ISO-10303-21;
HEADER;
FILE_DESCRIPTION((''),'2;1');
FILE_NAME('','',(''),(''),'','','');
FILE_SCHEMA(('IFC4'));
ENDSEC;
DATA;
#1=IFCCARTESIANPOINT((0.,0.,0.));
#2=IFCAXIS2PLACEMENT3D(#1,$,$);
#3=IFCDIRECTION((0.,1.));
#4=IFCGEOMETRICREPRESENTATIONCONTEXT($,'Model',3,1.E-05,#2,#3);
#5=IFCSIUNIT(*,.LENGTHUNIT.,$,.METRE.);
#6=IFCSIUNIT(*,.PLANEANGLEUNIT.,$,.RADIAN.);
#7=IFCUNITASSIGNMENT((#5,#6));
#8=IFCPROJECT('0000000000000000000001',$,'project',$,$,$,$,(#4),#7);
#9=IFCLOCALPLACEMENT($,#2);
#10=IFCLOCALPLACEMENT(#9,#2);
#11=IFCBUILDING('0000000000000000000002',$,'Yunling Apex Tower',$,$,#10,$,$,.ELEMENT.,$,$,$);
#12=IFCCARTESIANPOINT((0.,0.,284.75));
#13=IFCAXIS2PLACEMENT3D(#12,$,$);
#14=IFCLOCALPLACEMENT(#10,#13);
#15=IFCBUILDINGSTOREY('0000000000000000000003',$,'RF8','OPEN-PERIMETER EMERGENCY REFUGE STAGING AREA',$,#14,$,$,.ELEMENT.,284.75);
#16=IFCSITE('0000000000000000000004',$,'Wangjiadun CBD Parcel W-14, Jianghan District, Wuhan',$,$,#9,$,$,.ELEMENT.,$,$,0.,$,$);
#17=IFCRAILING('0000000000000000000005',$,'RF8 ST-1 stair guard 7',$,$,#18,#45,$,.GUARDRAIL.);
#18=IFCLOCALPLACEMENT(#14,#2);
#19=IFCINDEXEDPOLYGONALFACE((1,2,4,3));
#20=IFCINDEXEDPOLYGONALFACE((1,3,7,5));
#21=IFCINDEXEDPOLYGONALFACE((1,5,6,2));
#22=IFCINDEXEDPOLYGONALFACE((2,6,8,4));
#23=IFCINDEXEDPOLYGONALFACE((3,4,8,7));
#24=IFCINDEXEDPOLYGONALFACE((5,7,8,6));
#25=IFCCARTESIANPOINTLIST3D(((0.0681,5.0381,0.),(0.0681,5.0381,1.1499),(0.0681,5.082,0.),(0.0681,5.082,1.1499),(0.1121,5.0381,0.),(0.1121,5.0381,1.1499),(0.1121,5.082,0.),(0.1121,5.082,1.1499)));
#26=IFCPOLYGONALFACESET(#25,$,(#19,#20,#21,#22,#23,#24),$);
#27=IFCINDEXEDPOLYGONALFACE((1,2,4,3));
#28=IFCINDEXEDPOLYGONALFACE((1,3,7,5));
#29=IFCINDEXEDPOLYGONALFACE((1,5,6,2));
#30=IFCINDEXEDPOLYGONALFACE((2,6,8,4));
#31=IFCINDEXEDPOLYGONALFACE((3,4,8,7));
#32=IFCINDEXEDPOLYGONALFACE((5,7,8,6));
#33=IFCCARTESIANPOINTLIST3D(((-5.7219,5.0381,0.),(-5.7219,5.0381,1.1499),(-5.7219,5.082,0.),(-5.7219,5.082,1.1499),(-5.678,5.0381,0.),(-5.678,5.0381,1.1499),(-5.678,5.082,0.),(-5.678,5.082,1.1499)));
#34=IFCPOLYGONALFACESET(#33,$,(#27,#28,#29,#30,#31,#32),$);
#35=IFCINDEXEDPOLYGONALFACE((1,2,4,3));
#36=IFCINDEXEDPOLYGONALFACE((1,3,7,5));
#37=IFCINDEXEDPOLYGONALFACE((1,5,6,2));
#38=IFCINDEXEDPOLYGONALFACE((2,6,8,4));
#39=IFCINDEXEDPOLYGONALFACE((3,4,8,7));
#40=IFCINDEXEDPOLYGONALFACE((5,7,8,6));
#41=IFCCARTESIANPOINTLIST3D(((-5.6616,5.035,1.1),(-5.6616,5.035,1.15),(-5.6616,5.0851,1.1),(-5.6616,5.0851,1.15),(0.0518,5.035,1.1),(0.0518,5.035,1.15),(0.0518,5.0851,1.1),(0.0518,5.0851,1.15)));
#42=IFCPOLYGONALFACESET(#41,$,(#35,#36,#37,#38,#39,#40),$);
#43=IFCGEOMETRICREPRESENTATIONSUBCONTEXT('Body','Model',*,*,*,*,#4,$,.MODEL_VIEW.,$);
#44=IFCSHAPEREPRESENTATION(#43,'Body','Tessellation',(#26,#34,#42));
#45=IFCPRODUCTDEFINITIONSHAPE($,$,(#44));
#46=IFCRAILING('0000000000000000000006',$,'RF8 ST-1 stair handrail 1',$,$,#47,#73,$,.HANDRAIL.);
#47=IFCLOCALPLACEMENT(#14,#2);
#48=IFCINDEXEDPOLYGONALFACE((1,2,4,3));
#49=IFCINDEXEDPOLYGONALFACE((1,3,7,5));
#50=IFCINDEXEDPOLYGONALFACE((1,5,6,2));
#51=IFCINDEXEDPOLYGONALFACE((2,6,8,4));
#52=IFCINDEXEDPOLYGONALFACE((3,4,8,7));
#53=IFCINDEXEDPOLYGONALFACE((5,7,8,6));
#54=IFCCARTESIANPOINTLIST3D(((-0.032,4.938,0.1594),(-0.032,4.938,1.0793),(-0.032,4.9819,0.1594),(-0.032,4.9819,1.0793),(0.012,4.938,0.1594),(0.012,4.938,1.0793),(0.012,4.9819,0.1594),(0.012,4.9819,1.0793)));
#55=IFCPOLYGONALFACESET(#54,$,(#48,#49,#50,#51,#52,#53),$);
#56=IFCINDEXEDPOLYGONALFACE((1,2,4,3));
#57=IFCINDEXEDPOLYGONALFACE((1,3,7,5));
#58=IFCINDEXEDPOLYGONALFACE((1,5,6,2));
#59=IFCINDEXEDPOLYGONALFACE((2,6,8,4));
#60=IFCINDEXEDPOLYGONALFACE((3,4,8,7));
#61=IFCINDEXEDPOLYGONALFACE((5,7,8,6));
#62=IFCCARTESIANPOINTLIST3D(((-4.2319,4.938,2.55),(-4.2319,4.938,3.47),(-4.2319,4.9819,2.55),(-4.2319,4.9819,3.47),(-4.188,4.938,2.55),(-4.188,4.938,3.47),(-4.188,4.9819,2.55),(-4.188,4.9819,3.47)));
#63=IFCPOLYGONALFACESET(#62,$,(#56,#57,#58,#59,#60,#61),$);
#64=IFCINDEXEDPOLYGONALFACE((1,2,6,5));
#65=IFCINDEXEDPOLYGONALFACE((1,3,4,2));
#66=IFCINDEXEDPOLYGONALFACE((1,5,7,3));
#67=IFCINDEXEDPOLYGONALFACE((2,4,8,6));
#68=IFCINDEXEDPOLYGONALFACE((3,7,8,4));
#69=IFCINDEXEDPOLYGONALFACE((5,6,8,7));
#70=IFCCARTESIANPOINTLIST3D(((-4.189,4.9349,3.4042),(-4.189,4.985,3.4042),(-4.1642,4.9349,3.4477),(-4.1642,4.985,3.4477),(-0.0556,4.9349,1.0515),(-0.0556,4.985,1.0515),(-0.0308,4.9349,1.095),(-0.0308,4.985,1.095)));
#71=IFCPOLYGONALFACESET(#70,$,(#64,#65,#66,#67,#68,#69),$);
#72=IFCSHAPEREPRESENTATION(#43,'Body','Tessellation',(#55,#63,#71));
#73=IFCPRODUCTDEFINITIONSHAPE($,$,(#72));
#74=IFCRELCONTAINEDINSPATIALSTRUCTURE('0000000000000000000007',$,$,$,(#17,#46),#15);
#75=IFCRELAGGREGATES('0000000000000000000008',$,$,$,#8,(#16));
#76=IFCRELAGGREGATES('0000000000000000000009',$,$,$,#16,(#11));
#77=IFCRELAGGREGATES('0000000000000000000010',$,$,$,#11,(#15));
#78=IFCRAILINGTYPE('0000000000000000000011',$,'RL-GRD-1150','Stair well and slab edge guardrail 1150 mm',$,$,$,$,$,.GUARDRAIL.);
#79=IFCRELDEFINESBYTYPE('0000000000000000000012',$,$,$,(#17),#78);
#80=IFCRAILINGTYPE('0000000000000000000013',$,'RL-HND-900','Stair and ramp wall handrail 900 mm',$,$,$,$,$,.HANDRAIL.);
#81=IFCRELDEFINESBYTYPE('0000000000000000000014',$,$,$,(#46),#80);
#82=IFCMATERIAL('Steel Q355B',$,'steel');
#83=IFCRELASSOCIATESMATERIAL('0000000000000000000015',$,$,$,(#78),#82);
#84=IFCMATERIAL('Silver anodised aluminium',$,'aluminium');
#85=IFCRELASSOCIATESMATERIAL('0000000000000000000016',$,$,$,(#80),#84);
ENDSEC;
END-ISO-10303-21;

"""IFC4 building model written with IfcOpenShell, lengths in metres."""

from ifc_helpers import new_model, si_unit, direction, frame, origin, origin_2d, place, context, subcontext, project, spatial, rectangle, extrude, material, type_object, element, save


model = new_model("IFC4")

# Units and contexts
model_context = context("Model", 3, precision=1e-05, world=origin(), true_north=direction((0.0, 1.0)))
body_context = subcontext(model_context, "Body", "Model", "MODEL_VIEW")
ifc_project = project(units=[si_unit("LENGTHUNIT", "METRE"), si_unit("PLANEANGLEUNIT", "RADIAN")], contexts=[model_context])

# Site, building, storey
site_placement = place(None, origin())
site = spatial("IfcSite", under=ifc_project, at=site_placement, Name="Wangjiadun CBD Parcel W-14, Jianghan District, Wuhan", CompositionType="ELEMENT", RefElevation=0.0)
building_placement = place(site_placement, origin())
building = spatial("IfcBuilding", under=site, at=building_placement, Name="Yunling Apex Tower", CompositionType="ELEMENT")
storey_placement = place(building_placement, frame((0.0, 0.0, 284.75)))
storey = spatial("IfcBuildingStorey", under=building, at=storey_placement, Name="RF8", Description="OPEN-PERIMETER EMERGENCY REFUGE STAGING AREA", CompositionType="ELEMENT", Elevation=284.75)

# Shared definitions
ifc_material_1 = material(Name="Steel Q355B", Category="steel")

# Railings
railing_type_1 = type_object("IfcRailingType", Name="RL-GRD-1150", Description="Stair well and slab edge guardrail 1150 mm", PredefinedType="GUARDRAIL", material=ifc_material_1)
railing_1_placement = place(storey_placement, frame((0.0901, 5.0601, 0.0)))
element("IfcRailing", 1, at=railing_1_placement, inside=storey, type_object=railing_type_1, Name="RF8 ST-1 stair guard 7", PredefinedType="GUARDRAIL", context=body_context, shape_type="SweptSolid", body=[
    extrude(rectangle(XDim=0.0439, YDim=0.0439, at=origin_2d()), origin(), (0.0, 0.0, 1.0), 1.1499),
    extrude(rectangle(XDim=0.0439, YDim=0.0439, at=origin_2d()), frame((-5.79, 0.0, 0.0)), (0.0, 0.0, 1.0), 1.1499),
    extrude(rectangle(XDim=0.05, YDim=0.05, at=origin_2d()), frame((-0.0383, 0.0, 1.125), z_axis=(-1.0, 0.0, 0.0), x_axis=(0.0, -1.0, 0.0)), (0.0, 0.0, 1.0), 5.7134),
])
ifc_material_2 = material(Name="Silver anodised aluminium", Category="aluminium")
railing_type_2 = type_object("IfcRailingType", Name="RL-HND-900", Description="Stair and ramp wall handrail 900 mm", PredefinedType="HANDRAIL", material=ifc_material_2)
railing_2_placement = place(storey_placement, frame((-0.01, 4.96, 0.1594)))
element("IfcRailing", 2, at=railing_2_placement, inside=storey, type_object=railing_type_2, Name="RF8 ST-1 stair handrail 1", PredefinedType="HANDRAIL", context=body_context, shape_type="SweptSolid", body=[
    extrude(rectangle(XDim=0.0439, YDim=0.0439, at=origin_2d()), origin(), (0.0, 0.0, 1.0), 0.9199),
    extrude(rectangle(XDim=0.0439, YDim=0.0439, at=origin_2d()), frame((-4.2, 0.0, 2.3906)), (0.0, 0.0, 1.0), 0.9199),
    extrude(rectangle(XDim=0.05, YDim=0.05, at=origin_2d()), frame((-0.0332, 0.0, 0.9138), z_axis=(-0.869075, 0.0, 0.49468), x_axis=(0.0, -1.0, 0.0)), (0.0, 0.0, 1.0), 4.7561),
])

save(model, "model.ifc")
